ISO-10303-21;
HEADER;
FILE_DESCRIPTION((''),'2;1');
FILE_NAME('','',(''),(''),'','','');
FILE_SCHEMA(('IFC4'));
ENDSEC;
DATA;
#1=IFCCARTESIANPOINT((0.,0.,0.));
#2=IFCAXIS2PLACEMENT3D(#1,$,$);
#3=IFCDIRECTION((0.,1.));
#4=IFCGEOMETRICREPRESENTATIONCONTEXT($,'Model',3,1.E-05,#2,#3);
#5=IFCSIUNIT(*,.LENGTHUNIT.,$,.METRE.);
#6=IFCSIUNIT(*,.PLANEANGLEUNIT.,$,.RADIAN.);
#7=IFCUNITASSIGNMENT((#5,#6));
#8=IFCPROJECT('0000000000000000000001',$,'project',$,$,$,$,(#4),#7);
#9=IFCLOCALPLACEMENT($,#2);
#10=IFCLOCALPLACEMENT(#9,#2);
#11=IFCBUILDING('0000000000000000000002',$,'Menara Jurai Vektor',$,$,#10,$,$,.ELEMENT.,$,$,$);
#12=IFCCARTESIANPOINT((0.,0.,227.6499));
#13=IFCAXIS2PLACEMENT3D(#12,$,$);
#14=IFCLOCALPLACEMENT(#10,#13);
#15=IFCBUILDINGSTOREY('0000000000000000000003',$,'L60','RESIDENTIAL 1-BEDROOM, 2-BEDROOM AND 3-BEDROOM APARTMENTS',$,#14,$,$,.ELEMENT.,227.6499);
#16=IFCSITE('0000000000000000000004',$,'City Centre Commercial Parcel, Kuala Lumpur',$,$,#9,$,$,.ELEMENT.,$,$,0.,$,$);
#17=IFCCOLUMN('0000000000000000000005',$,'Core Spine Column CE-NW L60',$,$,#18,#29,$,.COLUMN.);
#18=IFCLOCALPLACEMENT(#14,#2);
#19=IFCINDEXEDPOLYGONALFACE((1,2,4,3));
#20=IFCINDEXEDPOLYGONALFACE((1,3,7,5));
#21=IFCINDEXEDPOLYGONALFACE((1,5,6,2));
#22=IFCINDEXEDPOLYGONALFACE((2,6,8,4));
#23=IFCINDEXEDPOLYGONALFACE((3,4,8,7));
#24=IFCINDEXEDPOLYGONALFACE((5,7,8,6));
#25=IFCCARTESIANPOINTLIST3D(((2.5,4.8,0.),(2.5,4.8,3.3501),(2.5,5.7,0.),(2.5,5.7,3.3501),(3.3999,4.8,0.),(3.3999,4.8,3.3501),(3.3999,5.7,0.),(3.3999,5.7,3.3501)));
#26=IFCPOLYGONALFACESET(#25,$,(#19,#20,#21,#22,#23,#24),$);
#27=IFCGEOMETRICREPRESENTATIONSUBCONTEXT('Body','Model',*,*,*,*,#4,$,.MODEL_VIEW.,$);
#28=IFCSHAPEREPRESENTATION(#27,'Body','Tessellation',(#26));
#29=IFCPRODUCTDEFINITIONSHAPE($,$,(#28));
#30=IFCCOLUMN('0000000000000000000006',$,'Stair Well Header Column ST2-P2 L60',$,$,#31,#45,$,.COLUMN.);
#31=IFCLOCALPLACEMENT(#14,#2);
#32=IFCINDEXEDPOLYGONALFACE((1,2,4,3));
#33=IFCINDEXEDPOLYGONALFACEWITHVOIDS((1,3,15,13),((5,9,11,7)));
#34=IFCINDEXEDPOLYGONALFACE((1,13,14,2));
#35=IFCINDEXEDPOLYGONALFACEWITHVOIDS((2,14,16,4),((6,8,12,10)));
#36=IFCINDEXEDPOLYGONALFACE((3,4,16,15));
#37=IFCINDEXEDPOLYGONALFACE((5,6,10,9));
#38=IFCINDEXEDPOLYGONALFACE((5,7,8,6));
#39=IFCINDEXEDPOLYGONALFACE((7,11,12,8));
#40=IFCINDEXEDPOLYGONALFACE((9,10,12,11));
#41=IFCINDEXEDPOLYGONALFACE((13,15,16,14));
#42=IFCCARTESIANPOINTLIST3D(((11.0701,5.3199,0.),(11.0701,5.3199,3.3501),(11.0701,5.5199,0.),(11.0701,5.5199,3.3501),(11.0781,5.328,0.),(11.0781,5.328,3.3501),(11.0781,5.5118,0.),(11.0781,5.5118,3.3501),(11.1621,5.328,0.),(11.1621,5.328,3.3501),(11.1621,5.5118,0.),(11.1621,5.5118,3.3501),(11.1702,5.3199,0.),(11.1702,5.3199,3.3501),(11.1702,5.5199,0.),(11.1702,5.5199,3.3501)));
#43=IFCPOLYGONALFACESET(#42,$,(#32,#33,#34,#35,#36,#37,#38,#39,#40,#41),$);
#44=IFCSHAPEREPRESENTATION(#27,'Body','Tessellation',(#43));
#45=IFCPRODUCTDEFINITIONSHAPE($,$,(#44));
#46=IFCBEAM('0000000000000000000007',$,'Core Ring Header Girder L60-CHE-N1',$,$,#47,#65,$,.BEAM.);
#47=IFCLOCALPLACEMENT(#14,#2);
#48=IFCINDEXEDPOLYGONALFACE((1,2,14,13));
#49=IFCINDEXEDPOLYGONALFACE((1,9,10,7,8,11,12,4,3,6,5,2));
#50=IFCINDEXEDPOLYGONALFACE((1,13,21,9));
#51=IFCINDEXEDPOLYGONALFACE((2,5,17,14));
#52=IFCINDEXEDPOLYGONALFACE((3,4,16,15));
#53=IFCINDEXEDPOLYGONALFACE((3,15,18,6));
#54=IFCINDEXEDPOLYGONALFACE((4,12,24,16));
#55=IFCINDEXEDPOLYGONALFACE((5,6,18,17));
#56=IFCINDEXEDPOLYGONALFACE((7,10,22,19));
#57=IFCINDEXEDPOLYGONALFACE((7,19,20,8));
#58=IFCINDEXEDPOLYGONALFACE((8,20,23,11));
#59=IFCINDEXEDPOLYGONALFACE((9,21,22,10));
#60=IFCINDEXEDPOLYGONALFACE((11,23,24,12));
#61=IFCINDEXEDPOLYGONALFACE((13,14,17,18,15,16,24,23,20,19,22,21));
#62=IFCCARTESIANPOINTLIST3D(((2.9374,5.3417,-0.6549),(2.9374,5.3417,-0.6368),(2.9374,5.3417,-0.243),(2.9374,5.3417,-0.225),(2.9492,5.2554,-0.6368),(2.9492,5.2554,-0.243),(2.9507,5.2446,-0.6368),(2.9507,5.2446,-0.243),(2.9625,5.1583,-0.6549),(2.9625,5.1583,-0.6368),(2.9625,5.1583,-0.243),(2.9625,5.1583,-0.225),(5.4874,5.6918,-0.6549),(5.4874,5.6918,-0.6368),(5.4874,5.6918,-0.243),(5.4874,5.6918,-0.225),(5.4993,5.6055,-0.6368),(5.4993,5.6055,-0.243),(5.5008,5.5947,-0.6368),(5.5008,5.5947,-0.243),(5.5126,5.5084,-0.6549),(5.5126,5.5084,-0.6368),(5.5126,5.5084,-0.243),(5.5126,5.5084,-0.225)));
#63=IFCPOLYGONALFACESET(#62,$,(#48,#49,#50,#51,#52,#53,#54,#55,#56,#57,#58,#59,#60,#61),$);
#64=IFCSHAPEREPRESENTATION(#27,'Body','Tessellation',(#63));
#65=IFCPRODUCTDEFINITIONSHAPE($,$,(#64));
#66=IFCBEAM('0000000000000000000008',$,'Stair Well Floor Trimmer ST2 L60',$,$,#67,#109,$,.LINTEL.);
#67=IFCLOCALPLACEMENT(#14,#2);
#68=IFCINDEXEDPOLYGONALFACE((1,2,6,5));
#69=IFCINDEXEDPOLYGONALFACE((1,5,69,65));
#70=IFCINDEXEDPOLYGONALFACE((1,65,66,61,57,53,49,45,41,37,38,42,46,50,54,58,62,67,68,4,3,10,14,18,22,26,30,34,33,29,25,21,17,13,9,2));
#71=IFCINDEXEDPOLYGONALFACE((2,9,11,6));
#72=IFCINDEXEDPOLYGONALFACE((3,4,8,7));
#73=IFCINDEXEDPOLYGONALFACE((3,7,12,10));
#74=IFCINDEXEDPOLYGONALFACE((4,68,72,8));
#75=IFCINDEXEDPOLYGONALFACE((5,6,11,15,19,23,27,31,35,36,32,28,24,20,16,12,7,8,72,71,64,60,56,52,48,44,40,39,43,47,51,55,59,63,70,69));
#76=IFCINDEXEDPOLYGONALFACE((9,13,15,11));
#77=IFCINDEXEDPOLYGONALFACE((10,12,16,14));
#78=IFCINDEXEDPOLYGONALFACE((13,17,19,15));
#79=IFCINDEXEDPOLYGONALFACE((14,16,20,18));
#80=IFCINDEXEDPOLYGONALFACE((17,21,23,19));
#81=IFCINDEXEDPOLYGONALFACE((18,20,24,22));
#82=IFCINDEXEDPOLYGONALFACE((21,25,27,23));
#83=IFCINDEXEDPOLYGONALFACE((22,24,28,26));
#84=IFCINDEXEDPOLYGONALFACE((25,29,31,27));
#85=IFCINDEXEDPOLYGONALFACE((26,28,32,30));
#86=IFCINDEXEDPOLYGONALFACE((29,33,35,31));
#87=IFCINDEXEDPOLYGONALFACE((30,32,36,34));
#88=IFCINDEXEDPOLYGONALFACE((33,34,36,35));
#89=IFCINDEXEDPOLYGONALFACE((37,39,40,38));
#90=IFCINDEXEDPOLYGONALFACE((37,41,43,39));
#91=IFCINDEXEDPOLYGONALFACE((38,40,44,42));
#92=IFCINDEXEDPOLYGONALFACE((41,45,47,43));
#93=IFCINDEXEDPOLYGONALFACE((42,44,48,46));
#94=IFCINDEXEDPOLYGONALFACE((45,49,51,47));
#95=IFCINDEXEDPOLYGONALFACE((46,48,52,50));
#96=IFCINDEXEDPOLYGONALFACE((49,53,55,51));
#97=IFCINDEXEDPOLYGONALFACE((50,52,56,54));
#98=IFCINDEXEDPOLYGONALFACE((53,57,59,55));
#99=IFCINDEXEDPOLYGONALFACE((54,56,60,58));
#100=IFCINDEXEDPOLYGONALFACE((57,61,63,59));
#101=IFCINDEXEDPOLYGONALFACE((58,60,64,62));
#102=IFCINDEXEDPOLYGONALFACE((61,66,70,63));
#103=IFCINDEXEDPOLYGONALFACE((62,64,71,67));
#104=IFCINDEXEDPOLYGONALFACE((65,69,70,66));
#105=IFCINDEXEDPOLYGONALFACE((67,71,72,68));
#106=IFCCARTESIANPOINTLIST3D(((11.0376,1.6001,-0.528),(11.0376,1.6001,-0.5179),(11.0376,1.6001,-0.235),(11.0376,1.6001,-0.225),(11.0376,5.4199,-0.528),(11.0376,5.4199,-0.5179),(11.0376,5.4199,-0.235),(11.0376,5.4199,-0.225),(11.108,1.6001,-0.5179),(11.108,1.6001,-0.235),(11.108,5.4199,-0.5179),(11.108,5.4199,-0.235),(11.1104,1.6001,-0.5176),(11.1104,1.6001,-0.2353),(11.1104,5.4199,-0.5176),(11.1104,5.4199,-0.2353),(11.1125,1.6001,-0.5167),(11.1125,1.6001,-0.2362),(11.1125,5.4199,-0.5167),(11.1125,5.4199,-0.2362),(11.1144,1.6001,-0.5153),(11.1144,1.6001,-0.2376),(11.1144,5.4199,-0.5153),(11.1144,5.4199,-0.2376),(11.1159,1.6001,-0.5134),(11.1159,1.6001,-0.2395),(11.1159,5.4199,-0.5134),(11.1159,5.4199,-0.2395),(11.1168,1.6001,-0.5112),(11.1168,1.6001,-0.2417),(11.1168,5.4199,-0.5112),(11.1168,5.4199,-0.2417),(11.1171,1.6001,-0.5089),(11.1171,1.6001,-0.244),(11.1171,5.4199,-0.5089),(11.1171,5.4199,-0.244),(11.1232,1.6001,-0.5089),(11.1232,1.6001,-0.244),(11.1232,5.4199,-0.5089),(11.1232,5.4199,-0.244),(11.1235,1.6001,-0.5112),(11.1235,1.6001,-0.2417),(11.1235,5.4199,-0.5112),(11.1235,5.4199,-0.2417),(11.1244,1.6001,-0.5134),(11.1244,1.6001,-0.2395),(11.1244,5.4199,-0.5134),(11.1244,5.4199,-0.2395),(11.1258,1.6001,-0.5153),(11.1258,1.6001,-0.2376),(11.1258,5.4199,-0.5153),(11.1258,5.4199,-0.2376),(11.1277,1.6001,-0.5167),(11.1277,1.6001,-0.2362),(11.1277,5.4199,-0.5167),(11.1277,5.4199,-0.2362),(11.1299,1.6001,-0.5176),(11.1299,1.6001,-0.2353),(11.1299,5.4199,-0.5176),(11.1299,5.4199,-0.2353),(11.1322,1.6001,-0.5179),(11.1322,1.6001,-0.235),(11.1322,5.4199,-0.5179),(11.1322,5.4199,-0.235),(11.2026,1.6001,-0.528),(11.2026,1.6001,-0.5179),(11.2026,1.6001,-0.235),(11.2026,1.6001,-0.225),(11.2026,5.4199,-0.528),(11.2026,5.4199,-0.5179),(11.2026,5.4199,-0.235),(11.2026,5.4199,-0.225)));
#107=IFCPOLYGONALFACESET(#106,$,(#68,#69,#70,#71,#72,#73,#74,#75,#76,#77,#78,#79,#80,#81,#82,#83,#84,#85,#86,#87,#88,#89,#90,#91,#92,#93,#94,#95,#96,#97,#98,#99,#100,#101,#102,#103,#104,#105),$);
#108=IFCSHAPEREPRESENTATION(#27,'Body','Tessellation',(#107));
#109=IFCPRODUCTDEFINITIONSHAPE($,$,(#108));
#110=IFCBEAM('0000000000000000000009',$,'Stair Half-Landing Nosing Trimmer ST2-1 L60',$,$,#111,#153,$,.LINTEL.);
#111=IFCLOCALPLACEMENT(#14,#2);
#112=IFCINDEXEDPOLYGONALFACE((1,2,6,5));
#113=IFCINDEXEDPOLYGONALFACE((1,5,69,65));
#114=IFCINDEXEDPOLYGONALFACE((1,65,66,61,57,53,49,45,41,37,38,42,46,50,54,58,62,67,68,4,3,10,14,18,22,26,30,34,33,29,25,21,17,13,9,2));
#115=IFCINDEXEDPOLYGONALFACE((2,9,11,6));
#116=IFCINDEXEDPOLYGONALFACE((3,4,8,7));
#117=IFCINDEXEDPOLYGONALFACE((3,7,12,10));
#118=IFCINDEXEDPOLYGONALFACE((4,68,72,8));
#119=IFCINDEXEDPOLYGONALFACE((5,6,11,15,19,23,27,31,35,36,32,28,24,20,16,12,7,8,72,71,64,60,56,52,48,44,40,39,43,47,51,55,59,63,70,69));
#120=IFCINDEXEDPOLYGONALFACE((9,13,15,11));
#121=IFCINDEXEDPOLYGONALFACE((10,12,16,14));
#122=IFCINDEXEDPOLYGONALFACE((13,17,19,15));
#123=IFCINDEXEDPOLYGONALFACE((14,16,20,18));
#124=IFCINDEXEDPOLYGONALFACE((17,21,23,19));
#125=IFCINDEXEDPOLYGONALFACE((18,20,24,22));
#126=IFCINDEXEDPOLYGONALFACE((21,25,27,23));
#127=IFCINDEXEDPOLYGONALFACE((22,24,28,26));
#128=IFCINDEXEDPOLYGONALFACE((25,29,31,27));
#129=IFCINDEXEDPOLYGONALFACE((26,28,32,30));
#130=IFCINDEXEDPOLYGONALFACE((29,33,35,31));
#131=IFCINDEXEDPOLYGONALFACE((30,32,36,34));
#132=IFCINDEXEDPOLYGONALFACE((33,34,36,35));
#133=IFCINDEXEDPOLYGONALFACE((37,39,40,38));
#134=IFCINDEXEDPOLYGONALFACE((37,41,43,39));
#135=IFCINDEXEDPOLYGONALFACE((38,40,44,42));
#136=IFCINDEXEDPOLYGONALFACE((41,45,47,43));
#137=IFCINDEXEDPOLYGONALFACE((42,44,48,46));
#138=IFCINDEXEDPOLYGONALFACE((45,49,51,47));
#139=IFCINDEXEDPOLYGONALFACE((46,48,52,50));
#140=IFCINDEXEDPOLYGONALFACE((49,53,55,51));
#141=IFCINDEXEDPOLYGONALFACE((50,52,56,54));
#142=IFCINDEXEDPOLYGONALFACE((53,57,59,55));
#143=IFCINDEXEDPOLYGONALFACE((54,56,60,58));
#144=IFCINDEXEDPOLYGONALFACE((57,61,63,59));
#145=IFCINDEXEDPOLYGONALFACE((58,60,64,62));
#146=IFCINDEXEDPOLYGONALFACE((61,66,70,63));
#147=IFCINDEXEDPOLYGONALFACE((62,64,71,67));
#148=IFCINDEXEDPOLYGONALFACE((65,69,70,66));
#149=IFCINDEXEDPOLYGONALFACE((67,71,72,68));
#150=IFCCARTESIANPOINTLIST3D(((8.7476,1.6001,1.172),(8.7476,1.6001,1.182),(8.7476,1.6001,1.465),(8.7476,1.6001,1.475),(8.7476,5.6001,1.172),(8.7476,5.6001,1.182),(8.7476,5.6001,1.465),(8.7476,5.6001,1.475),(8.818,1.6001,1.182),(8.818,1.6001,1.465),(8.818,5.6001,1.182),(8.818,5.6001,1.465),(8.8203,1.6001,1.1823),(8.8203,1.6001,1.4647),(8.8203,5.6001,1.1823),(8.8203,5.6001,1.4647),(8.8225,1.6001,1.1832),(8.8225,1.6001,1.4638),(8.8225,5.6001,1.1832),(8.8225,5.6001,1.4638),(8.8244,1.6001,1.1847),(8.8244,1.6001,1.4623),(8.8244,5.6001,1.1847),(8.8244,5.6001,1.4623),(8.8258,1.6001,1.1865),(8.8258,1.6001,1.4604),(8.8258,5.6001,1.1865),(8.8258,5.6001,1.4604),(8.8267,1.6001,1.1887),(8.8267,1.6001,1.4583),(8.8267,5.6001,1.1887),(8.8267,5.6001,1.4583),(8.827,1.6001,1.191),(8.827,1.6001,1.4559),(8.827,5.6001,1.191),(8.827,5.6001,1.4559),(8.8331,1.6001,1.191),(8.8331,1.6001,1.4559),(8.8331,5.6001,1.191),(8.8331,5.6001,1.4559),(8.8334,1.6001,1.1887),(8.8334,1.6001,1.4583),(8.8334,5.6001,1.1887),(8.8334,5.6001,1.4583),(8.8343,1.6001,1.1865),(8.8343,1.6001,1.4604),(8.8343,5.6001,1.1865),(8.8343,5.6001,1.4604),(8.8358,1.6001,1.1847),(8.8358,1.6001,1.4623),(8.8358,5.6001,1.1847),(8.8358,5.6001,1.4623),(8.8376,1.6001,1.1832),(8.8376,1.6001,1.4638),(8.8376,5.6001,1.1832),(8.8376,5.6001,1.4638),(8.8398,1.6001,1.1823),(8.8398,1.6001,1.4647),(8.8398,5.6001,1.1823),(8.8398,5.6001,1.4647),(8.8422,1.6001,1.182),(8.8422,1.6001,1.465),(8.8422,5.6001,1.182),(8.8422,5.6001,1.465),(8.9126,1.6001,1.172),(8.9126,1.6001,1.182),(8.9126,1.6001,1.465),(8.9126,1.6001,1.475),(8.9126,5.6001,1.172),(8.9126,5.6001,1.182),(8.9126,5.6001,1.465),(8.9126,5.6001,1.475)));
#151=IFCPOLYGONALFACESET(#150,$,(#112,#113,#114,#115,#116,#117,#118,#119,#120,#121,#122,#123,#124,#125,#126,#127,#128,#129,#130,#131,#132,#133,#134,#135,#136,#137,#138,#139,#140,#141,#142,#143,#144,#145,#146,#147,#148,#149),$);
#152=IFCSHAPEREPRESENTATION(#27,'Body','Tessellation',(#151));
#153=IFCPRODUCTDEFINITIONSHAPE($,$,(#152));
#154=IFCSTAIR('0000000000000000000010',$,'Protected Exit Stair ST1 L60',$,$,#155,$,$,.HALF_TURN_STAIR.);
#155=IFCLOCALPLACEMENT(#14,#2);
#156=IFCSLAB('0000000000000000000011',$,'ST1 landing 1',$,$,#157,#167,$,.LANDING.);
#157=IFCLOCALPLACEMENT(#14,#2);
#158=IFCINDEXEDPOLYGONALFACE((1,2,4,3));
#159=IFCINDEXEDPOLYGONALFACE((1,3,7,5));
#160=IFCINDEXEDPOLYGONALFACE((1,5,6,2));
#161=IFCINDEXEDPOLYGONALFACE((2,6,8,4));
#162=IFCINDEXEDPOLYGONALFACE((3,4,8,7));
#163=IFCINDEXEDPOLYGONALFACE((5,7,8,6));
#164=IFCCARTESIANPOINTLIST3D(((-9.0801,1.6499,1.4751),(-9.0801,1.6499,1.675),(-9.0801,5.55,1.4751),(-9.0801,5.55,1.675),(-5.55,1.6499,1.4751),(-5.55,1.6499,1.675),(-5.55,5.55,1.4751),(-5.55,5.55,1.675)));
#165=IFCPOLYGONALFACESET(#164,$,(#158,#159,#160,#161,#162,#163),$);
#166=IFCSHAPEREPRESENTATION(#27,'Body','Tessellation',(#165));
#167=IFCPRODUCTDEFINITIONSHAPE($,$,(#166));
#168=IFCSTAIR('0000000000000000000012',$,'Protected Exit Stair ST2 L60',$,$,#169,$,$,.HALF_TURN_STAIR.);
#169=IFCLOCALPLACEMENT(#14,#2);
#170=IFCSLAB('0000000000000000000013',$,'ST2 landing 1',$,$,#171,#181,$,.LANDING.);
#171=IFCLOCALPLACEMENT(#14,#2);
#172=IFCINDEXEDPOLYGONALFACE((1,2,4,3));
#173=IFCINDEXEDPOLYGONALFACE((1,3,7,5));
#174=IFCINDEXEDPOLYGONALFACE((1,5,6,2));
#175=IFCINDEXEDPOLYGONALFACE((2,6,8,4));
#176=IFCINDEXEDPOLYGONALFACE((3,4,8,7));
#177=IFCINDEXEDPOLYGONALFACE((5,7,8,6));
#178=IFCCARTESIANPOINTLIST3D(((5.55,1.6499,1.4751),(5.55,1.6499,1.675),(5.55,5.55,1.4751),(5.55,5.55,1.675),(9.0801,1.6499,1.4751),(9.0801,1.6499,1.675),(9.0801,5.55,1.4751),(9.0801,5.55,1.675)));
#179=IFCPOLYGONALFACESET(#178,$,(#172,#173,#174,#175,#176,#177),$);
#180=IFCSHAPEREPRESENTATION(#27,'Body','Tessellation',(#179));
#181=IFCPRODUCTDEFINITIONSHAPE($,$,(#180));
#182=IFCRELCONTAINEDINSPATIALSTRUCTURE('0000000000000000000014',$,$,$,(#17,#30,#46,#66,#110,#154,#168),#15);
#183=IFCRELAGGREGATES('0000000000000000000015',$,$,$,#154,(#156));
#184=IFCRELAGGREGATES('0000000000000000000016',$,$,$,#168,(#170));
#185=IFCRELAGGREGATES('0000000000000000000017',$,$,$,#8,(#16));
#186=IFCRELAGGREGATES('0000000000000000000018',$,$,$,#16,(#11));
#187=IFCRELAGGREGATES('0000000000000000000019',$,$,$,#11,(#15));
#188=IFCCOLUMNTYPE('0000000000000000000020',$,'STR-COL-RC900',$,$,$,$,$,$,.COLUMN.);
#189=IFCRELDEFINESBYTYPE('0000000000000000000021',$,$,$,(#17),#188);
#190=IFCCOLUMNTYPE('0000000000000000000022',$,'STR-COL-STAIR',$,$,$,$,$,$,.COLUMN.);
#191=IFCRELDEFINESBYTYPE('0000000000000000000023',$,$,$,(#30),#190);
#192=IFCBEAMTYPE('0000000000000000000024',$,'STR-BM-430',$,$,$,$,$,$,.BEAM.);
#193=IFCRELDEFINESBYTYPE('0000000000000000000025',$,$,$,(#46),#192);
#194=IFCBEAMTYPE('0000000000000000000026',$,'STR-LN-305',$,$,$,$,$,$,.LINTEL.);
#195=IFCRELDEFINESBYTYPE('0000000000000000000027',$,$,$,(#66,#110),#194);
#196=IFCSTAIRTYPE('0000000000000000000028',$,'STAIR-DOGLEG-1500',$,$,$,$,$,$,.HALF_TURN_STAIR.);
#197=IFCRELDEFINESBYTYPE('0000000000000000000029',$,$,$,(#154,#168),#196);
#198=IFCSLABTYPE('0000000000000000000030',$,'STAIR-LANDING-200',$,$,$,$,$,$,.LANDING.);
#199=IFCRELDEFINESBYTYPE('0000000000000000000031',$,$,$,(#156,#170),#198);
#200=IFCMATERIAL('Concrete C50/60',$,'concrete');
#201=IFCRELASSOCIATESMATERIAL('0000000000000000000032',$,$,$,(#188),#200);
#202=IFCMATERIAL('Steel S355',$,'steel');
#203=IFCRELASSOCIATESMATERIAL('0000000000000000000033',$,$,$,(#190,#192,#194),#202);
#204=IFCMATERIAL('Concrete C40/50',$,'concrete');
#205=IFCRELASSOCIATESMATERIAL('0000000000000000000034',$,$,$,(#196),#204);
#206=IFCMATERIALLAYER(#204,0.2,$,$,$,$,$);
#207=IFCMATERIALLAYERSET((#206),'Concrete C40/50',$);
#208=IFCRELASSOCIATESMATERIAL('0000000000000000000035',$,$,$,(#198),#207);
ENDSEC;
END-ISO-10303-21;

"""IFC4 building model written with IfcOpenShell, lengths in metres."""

from ifc_helpers import new_model, si_unit, direction, frame, origin, origin_2d, place, context, subcontext, project, spatial, polyline, rectangle, hollow_rectangle, i_section, outline, extrude, material, layer, layer_set, material_profile, profile_set, type_object, element, aggregate, save


model = new_model("IFC4")

# Units and contexts
model_context = context("Model", 3, precision=1e-05, world=origin(), true_north=direction((0.0, 1.0)))
body_context = subcontext(model_context, "Body", "Model", "MODEL_VIEW")
ifc_project = project(units=[si_unit("LENGTHUNIT", "METRE"), si_unit("PLANEANGLEUNIT", "RADIAN")], contexts=[model_context])

# Site, building, storey
site_placement = place(None, origin())
site = spatial("IfcSite", under=ifc_project, at=site_placement, Name="City Centre Commercial Parcel, Kuala Lumpur", CompositionType="ELEMENT", RefElevation=0.0)
building_placement = place(site_placement, origin())
building = spatial("IfcBuilding", under=site, at=building_placement, Name="Menara Jurai Vektor", CompositionType="ELEMENT")
storey_placement = place(building_placement, frame((0.0, 0.0, 227.6499)))
storey = spatial("IfcBuildingStorey", under=building, at=storey_placement, Name="L60", Description="RESIDENTIAL 1-BEDROOM, 2-BEDROOM AND 3-BEDROOM APARTMENTS", CompositionType="ELEMENT", Elevation=227.6499)

# Columns
ifc_material_1 = material(Name="Concrete C50/60", Category="concrete")
ifc_material_profile_1 = material_profile(ifc_material_1, rectangle(XDim=0.8999, YDim=0.8999, at=origin_2d()), Name="RC 900x900")
ifc_profile_set_1 = profile_set([ifc_material_profile_1], Name="Concrete C50/60")
column_type_1 = type_object("IfcColumnType", Name="STR-COL-RC900", PredefinedType="COLUMN", material=ifc_profile_set_1)
column_1_placement = place(storey_placement, frame((2.95, 5.25, 0.0), z_axis=(0.0, 0.0, 1.0), x_axis=(1.0, 0.0, 0.0)))
element("IfcColumn", 1, at=column_1_placement, inside=storey, type_object=column_type_1, Name="Core Spine Column CE-NW L60", PredefinedType="COLUMN", context=body_context, shape_type="SweptSolid", body=[
    extrude(rectangle(XDim=0.8999, YDim=0.8999, at=origin_2d()), origin(), (0.0, 0.0, 1.0), 3.3501),
])
ifc_material_2 = material(Name="Steel S355", Category="steel")
ifc_material_profile_2 = material_profile(ifc_material_2, hollow_rectangle(XDim=0.1001, YDim=0.2, WallThickness=0.0081, at=origin_2d()), Name="RHS 200x100x8")
ifc_profile_set_2 = profile_set([ifc_material_profile_2], Name="Steel S355")
column_type_2 = type_object("IfcColumnType", Name="STR-COL-STAIR", PredefinedType="COLUMN", material=ifc_profile_set_2)
column_2_placement = place(storey_placement, frame((11.1201, 5.4199, 0.0), z_axis=(0.0, 0.0, 1.0), x_axis=(1.0, 0.0, 0.0)))
element("IfcColumn", 2, at=column_2_placement, inside=storey, type_object=column_type_2, Name="Stair Well Header Column ST2-P2 L60", PredefinedType="COLUMN", context=body_context, shape_type="SweptSolid", body=[
    extrude(hollow_rectangle(XDim=0.1001, YDim=0.2, WallThickness=0.0081, at=origin_2d()), origin(), (0.0, 0.0, 1.0), 3.3501),
])

# Beams
ifc_material_profile_3 = material_profile(ifc_material_2, i_section(OverallWidth=0.1851, OverallDepth=0.4299, WebThickness=0.011, FlangeThickness=0.0181, at=origin_2d()), Name="PG 430x185x76")
ifc_profile_set_3 = profile_set([ifc_material_profile_3], Name="Steel S355")
beam_type_1 = type_object("IfcBeamType", Name="STR-BM-430", PredefinedType="BEAM", material=ifc_profile_set_3)
beam_1_placement = place(storey_placement, frame((2.95, 5.25, -0.4399), z_axis=(0.990707, 0.136015, 0.0), x_axis=(-0.136015, 0.990707, 0.0)))
element("IfcBeam", 3, at=beam_1_placement, inside=storey, type_object=beam_type_1, Name="Core Ring Header Girder L60-CHE-N1", PredefinedType="BEAM", context=body_context, shape_type="SweptSolid", body=[
    extrude(i_section(OverallWidth=0.1851, OverallDepth=0.4299, WebThickness=0.011, FlangeThickness=0.0181, at=origin_2d()), origin(), (0.0, 0.0, 1.0), 2.574),
])
ifc_material_profile_4 = material_profile(ifc_material_2, i_section(OverallWidth=0.165, OverallDepth=0.303, WebThickness=0.0061, FlangeThickness=0.01, FilletRadius=0.009, at=origin_2d()), Name="UKB 305x165x40")
ifc_profile_set_4 = profile_set([ifc_material_profile_4], Name="Steel S355")
beam_type_2 = type_object("IfcBeamType", Name="STR-LN-305", PredefinedType="LINTEL", material=ifc_profile_set_4)
beam_2_placement = place(storey_placement, frame((11.1201, 1.6001, -0.3765), z_axis=(0.0, 1.0, 0.0), x_axis=(-1.0, 0.0, 0.0)))
element("IfcBeam", 4, at=beam_2_placement, inside=storey, type_object=beam_type_2, Name="Stair Well Floor Trimmer ST2 L60", PredefinedType="LINTEL", context=body_context, shape_type="SweptSolid", body=[
    extrude(i_section(OverallWidth=0.165, OverallDepth=0.303, WebThickness=0.0061, FlangeThickness=0.01, FilletRadius=0.009, at=origin_2d()), origin(), (0.0, 0.0, 1.0), 3.8198),
])
beam_3_placement = place(storey_placement, frame((8.8301, 1.6001, 1.3235), z_axis=(0.0, 1.0, 0.0), x_axis=(-1.0, 0.0, 0.0)))
element("IfcBeam", 5, at=beam_3_placement, inside=storey, type_object=beam_type_2, Name="Stair Half-Landing Nosing Trimmer ST2-1 L60", PredefinedType="LINTEL", context=body_context, shape_type="SweptSolid", body=[
    extrude(i_section(OverallWidth=0.165, OverallDepth=0.303, WebThickness=0.0061, FlangeThickness=0.01, FilletRadius=0.009, at=origin_2d()), origin(), (0.0, 0.0, 1.0), 4.0),
])

# Stairs, slabs
ifc_material_3 = material(Name="Concrete C40/50", Category="concrete")
stair_type = type_object("IfcStairType", Name="STAIR-DOGLEG-1500", PredefinedType="HALF_TURN_STAIR", material=ifc_material_3)
stair_1_placement = place(storey_placement, origin())
stair_1 = element("IfcStair", 6, at=stair_1_placement, inside=storey, type_object=stair_type, Name="Protected Exit Stair ST1 L60", PredefinedType="HALF_TURN_STAIR")
ifc_layer_1 = layer(ifc_material_3, 0.2)
ifc_layer_set_1 = layer_set([ifc_layer_1], Name="Concrete C40/50")
slab_type_1 = type_object("IfcSlabType", Name="STAIR-LANDING-200", PredefinedType="LANDING", material=ifc_layer_set_1)
slab_1_placement = place(storey_placement, frame((0.0, 0.0, 1.4751)))
slab_1 = element("IfcSlab", 7, at=slab_1_placement, type_object=slab_type_1, Name="ST1 landing 1", PredefinedType="LANDING", context=body_context, shape_type="SweptSolid", body=[
    extrude(outline(polyline([(-9.0801, 1.6499), (-5.55, 1.6499), (-5.55, 5.55), (-9.0801, 5.55), (-9.0801, 1.6499)])), origin(), (0.0, 0.0, 1.0), 0.2),
])
aggregate(stair_1, [slab_1])
stair_2_placement = place(storey_placement, origin())
stair_2 = element("IfcStair", 8, at=stair_2_placement, inside=storey, type_object=stair_type, Name="Protected Exit Stair ST2 L60", PredefinedType="HALF_TURN_STAIR")
slab_2_placement = place(storey_placement, frame((0.0, 0.0, 1.4751)))
slab_2 = element("IfcSlab", 9, at=slab_2_placement, type_object=slab_type_1, Name="ST2 landing 1", PredefinedType="LANDING", context=body_context, shape_type="SweptSolid", body=[
    extrude(outline(polyline([(5.55, 1.6499), (9.0801, 1.6499), (9.0801, 5.55), (5.55, 5.55), (5.55, 1.6499)])), origin(), (0.0, 0.0, 1.0), 0.2),
])

aggregate(stair_2, [slab_2])

save(model, "model.ifc")
